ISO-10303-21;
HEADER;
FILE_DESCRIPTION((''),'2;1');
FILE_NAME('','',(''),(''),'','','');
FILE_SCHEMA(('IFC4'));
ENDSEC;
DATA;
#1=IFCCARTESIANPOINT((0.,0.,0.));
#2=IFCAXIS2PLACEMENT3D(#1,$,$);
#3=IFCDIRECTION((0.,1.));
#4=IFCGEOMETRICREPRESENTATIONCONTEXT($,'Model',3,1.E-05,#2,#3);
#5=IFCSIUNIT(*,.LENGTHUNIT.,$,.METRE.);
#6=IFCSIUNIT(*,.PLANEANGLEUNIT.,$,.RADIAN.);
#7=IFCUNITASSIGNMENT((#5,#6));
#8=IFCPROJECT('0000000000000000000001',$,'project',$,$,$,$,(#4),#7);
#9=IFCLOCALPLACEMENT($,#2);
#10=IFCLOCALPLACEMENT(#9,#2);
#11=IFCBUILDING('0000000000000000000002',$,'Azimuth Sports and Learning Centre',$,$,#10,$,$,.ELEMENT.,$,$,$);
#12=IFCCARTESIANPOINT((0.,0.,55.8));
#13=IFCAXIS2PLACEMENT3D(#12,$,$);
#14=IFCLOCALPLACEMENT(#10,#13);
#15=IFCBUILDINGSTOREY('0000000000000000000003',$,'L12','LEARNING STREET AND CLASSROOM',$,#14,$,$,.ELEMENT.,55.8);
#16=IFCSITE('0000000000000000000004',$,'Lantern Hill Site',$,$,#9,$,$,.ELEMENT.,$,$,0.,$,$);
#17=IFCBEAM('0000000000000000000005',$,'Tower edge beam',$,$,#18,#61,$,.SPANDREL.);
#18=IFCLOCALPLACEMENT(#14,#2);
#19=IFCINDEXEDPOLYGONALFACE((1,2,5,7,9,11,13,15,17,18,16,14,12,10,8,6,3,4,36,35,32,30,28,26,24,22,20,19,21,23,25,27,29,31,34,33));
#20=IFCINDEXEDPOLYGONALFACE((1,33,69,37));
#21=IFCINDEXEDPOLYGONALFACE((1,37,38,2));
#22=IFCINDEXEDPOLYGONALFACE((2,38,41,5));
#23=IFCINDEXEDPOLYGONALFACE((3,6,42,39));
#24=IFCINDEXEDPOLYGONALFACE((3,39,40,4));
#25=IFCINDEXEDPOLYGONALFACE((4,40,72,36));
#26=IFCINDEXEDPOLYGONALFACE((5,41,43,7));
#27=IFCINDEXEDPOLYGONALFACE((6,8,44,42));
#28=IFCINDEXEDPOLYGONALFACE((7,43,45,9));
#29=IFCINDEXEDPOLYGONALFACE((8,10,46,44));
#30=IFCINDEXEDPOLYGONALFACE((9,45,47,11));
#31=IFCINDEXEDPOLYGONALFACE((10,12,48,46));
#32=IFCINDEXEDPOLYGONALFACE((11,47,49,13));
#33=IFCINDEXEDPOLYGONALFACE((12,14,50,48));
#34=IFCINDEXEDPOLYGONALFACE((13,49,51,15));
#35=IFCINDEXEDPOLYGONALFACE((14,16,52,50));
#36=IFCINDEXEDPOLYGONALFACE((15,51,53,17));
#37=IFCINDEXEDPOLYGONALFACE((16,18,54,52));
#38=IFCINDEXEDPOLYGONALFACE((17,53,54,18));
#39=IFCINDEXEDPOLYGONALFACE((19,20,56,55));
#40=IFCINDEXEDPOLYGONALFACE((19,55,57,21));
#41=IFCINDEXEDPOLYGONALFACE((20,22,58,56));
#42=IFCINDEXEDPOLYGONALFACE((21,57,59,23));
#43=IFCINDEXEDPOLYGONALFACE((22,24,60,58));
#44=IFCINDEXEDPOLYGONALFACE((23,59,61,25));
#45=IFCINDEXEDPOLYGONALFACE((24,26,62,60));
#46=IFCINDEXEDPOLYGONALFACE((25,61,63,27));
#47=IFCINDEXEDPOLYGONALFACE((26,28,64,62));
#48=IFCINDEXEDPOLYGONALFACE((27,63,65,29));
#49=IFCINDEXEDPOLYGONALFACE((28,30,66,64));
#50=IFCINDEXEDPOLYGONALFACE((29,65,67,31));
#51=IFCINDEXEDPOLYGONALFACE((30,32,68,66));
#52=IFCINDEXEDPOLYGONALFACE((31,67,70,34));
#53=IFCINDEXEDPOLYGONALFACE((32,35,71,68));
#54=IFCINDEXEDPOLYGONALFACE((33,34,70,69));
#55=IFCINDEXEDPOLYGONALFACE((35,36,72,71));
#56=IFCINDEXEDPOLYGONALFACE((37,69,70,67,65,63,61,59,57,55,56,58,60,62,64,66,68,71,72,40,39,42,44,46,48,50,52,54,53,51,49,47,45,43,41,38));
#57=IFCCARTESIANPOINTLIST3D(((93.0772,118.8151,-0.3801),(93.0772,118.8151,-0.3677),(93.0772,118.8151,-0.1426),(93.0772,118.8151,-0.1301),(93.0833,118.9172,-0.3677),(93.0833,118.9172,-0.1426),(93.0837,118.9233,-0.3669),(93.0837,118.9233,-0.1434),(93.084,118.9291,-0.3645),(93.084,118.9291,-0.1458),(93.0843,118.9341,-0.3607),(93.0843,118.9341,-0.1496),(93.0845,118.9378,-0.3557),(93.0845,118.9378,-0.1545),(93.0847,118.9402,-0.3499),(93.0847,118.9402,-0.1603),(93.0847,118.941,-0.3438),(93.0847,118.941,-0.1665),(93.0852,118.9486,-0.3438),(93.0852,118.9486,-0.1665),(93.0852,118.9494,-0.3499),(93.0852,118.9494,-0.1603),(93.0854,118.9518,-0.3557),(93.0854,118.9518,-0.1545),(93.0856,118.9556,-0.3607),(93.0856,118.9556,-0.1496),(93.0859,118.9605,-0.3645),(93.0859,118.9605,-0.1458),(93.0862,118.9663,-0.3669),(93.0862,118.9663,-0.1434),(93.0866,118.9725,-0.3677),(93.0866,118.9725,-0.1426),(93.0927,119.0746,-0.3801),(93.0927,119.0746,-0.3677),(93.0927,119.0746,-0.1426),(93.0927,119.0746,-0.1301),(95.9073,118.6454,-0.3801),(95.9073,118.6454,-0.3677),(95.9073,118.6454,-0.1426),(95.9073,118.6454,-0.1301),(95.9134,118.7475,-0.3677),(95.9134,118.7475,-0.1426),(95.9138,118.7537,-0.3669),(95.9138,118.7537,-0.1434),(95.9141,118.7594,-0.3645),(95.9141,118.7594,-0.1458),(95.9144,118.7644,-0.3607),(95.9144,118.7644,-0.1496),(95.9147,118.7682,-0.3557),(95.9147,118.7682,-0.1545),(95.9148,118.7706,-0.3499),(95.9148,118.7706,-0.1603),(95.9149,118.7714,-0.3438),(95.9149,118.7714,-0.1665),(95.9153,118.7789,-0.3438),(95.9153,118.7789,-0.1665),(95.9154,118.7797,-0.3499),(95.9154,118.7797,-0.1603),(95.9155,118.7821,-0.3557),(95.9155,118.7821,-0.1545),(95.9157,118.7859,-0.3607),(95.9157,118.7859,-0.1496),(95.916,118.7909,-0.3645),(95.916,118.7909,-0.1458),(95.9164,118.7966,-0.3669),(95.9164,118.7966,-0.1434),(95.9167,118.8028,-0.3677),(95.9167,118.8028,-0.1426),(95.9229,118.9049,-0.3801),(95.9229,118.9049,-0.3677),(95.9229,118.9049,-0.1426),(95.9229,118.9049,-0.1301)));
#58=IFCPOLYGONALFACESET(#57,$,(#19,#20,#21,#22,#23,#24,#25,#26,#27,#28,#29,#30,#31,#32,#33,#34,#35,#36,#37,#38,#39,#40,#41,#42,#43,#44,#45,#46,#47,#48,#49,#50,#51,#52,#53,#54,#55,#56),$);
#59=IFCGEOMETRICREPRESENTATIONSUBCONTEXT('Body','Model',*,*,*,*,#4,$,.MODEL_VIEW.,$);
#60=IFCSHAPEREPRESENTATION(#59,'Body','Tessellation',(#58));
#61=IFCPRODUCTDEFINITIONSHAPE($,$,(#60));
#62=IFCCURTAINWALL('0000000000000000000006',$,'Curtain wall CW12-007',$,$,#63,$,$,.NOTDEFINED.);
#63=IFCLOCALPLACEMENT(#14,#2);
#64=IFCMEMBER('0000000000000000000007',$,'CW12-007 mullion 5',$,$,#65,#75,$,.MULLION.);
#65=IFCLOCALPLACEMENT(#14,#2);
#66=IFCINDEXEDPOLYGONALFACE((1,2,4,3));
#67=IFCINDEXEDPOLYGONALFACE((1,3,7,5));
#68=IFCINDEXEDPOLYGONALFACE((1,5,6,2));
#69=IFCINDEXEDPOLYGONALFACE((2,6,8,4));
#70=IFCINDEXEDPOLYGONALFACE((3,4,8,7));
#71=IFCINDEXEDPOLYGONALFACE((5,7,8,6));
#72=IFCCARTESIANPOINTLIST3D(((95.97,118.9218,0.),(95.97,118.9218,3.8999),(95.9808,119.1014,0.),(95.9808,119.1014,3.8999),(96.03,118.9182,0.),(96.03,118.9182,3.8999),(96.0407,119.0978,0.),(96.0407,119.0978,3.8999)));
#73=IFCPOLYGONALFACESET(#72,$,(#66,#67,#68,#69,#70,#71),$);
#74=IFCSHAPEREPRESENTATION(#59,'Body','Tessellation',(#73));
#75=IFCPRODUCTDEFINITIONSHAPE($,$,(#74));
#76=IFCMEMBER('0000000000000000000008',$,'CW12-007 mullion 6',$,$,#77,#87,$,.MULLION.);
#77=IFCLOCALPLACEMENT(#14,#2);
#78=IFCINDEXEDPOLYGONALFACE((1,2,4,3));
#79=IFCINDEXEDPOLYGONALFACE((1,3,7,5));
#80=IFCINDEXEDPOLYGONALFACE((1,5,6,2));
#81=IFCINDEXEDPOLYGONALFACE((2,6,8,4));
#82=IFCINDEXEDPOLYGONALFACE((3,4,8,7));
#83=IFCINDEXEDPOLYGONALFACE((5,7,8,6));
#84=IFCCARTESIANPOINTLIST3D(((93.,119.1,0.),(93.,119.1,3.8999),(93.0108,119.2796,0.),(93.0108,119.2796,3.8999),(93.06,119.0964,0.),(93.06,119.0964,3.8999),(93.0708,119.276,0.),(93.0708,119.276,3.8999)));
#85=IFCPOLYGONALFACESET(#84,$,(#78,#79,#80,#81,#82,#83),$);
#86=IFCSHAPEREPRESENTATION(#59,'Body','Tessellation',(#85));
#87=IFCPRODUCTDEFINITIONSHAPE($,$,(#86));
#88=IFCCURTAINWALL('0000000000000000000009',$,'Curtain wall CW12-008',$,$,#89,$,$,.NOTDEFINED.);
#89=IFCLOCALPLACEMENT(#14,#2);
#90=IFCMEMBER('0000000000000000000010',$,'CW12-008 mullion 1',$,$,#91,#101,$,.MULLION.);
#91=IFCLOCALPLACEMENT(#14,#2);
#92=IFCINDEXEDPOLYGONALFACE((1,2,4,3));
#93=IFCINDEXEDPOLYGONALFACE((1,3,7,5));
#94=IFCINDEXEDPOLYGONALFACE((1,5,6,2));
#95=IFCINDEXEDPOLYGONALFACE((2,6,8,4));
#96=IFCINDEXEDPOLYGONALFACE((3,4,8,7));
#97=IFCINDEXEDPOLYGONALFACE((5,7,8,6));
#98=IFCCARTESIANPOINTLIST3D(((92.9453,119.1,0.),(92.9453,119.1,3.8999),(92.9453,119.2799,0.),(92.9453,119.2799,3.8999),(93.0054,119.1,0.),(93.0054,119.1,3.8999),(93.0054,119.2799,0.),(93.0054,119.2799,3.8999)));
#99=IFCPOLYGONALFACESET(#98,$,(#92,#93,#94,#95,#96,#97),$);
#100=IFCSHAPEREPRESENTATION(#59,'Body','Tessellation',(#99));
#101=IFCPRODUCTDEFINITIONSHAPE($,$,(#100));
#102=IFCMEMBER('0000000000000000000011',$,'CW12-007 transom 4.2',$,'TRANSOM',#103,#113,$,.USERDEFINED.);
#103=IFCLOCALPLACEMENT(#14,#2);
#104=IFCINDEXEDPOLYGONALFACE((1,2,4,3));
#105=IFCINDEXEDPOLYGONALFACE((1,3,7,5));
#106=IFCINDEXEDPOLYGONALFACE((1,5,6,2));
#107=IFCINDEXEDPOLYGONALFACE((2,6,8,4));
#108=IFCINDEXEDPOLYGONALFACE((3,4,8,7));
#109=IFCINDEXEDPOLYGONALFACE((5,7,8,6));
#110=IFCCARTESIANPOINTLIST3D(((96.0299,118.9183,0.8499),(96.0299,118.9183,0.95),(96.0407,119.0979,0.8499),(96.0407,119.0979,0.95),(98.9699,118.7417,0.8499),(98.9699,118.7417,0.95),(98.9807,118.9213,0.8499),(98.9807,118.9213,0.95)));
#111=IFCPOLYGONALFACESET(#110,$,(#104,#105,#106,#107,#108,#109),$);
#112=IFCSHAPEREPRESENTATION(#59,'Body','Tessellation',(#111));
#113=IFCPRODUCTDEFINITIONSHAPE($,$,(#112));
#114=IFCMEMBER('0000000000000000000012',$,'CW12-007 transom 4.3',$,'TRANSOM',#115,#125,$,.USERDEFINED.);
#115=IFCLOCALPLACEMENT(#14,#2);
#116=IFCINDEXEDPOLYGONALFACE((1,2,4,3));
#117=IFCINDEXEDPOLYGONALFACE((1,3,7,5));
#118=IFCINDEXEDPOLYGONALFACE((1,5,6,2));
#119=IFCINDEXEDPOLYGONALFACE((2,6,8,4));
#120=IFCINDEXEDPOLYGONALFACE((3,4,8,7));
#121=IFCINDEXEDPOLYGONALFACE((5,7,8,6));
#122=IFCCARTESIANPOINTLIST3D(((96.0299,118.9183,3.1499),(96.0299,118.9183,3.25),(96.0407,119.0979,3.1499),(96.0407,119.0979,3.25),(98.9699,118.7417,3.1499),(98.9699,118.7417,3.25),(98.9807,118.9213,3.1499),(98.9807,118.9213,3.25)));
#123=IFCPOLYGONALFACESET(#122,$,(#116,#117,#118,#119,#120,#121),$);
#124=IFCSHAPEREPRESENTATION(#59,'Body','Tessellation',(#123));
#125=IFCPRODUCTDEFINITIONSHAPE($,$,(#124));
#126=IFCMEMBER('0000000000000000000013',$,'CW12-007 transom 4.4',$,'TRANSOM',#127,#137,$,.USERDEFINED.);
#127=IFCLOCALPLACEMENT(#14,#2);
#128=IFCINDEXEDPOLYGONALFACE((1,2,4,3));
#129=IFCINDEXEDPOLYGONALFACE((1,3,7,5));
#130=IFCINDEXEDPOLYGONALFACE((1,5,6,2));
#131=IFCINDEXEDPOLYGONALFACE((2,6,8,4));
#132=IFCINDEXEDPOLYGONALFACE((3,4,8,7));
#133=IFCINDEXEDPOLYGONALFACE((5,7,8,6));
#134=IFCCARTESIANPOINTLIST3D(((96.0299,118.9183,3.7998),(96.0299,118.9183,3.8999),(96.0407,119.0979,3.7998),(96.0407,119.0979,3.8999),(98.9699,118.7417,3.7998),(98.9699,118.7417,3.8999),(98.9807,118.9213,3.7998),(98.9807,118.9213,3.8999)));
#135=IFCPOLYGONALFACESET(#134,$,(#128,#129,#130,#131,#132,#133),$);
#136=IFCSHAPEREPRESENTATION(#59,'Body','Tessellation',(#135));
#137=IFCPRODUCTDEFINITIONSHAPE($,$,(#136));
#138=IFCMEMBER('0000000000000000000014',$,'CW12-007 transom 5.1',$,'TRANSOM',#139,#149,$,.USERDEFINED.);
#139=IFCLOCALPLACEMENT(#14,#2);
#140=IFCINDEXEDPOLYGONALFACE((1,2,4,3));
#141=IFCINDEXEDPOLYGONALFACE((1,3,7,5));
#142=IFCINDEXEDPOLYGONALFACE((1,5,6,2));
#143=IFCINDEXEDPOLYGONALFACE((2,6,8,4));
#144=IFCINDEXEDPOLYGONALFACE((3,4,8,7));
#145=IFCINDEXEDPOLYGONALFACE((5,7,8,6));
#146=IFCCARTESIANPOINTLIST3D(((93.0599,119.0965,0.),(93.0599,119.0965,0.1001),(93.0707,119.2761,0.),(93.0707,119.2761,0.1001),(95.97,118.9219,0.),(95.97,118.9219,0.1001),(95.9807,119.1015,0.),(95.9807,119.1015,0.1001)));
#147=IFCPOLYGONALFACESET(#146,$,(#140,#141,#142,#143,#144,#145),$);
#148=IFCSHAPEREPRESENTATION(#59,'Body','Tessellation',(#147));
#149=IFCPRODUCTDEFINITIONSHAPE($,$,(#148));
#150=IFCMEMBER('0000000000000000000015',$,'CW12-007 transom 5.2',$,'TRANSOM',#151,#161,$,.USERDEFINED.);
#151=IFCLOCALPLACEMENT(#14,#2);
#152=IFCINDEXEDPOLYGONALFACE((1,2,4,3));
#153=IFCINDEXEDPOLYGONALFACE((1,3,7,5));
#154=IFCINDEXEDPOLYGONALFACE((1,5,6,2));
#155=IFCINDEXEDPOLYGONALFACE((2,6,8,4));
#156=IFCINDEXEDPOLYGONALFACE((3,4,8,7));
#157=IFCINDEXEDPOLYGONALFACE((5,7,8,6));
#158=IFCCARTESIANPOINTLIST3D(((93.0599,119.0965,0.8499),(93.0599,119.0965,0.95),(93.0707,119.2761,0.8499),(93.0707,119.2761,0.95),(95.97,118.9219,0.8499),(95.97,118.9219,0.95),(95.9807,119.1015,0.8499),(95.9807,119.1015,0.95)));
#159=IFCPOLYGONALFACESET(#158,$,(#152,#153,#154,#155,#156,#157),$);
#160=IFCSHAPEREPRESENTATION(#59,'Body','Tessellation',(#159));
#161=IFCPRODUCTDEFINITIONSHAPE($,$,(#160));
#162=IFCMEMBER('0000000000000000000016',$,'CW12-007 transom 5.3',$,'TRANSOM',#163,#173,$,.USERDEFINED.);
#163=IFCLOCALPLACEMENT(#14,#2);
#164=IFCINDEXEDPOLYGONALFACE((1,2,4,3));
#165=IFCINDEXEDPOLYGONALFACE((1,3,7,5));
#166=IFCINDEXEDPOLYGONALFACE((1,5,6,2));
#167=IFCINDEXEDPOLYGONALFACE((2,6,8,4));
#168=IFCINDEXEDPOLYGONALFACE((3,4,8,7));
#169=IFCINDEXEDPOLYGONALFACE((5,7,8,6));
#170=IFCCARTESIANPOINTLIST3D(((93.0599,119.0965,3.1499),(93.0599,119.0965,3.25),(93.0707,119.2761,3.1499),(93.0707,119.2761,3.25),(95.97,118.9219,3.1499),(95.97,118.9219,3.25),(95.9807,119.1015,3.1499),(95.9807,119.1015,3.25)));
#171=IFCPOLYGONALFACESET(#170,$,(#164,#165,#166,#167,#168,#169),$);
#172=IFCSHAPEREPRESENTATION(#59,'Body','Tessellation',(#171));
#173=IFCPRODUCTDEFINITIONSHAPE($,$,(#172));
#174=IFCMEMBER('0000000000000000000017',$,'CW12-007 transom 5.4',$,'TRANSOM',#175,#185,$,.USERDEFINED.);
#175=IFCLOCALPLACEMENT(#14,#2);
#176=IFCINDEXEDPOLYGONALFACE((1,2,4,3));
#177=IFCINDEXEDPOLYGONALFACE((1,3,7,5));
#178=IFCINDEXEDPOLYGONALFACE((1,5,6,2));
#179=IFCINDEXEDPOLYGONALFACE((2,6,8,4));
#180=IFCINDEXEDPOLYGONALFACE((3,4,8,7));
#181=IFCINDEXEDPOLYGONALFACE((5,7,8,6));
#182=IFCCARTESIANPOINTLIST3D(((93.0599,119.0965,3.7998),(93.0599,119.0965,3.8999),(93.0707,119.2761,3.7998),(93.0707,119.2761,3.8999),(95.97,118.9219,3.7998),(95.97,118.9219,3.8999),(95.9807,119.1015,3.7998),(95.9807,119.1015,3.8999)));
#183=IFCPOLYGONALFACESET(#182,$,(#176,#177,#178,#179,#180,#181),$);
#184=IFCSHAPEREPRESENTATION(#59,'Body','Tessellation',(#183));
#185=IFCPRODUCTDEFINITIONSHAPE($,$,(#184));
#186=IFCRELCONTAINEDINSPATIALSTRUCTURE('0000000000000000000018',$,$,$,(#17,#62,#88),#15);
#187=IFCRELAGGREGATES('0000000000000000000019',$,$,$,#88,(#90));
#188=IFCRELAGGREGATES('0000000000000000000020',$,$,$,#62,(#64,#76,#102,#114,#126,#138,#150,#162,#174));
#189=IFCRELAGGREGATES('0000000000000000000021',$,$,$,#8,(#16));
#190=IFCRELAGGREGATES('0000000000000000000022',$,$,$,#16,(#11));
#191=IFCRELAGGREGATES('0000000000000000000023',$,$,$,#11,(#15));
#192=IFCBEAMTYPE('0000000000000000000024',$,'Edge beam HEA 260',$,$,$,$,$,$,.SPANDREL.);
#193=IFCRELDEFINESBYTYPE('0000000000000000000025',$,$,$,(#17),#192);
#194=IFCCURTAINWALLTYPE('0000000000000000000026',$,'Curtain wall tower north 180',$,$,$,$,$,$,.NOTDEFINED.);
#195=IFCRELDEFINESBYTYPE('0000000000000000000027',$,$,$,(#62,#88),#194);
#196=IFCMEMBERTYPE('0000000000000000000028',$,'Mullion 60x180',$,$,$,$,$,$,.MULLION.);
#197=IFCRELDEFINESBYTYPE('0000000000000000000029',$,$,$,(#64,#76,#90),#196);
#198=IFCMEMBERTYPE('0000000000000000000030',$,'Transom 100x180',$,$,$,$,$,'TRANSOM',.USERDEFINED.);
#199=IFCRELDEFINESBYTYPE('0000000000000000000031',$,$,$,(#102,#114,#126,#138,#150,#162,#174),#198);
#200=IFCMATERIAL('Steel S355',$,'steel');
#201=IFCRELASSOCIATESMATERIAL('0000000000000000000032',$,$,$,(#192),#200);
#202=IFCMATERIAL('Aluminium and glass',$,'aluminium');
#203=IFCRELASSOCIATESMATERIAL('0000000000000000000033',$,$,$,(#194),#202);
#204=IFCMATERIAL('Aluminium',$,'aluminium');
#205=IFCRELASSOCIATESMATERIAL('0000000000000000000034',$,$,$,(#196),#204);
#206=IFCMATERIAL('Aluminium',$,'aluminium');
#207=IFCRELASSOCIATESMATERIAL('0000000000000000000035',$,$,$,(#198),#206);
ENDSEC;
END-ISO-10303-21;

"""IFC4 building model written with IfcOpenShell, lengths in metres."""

from ifc_helpers import new_model, si_unit, direction, frame, origin, origin_2d, place, context, subcontext, project, spatial, rectangle, i_section, extrude, material, material_profile, profile_set, type_object, element, aggregate, save


model = new_model("IFC4")

# Units and contexts
model_context = context("Model", 3, precision=1e-05, world=origin(), true_north=direction((0.0, 1.0)))
body_context = subcontext(model_context, "Body", "Model", "MODEL_VIEW")
ifc_project = project(units=[si_unit("LENGTHUNIT", "METRE"), si_unit("PLANEANGLEUNIT", "RADIAN")], contexts=[model_context])

# Site, building, storey
site_placement = place(None, origin())
site = spatial("IfcSite", under=ifc_project, at=site_placement, Name="Lantern Hill Site", CompositionType="ELEMENT", RefElevation=0.0)
building_placement = place(site_placement, origin())
building = spatial("IfcBuilding", under=site, at=building_placement, Name="Azimuth Sports and Learning Centre", CompositionType="ELEMENT")
storey_placement = place(building_placement, frame((0.0, 0.0, 55.8)))
storey = spatial("IfcBuildingStorey", under=building, at=storey_placement, Name="L12", Description="LEARNING STREET AND CLASSROOM", CompositionType="ELEMENT", Elevation=55.8)

# Beam
ifc_material_1 = material(Name="Steel S355", Category="steel")
ifc_material_profile_1 = material_profile(ifc_material_1, i_section(OverallWidth=0.26, OverallDepth=0.25, WebThickness=0.0076, FlangeThickness=0.0125, FilletRadius=0.0239, at=origin_2d()), Name="HEA 260")
ifc_profile_set_1 = profile_set([ifc_material_profile_1], Name="Steel S355")
beam_type = type_object("IfcBeamType", Name="Edge beam HEA 260", PredefinedType="SPANDREL", material=ifc_profile_set_1)
beam_placement = place(storey_placement, frame((93.085, 118.9448, -0.2551), z_axis=(0.998208, -0.059848, 0.0), x_axis=(0.059848, 0.998208, 0.0)))
element("IfcBeam", 1, at=beam_placement, inside=storey, type_object=beam_type, Name="Tower edge beam", PredefinedType="SPANDREL", context=body_context, shape_type="SweptSolid", body=[
    extrude(i_section(OverallWidth=0.26, OverallDepth=0.25, WebThickness=0.0076, FlangeThickness=0.0125, FilletRadius=0.0239, at=origin_2d()), origin(), (0.0, 0.0, 1.0), 2.8352),
])

# Curtain wall, members
ifc_material_2 = material(Name="Aluminium and glass", Category="aluminium")
curtain_wall_type = type_object("IfcCurtainWallType", Name="Curtain wall tower north 180", PredefinedType="NOTDEFINED", material=ifc_material_2)
curtain_wall_1_placement = place(storey_placement, origin())
curtain_wall_1 = element("IfcCurtainWall", 2, at=curtain_wall_1_placement, inside=storey, type_object=curtain_wall_type, Name="Curtain wall CW12-007", PredefinedType="NOTDEFINED")
ifc_material_3 = material(Name="Aluminium", Category="aluminium")
ifc_material_profile_2 = material_profile(ifc_material_3, rectangle(XDim=0.1799, YDim=0.0601, at=origin_2d()), Name="Mullion 60x180")
ifc_profile_set_2 = profile_set([ifc_material_profile_2], Name="Aluminium")
member_type_1 = type_object("IfcMemberType", Name="Mullion 60x180", PredefinedType="MULLION", material=ifc_profile_set_2)
member_1_placement = place(storey_placement, frame((96.0054, 119.0098, 0.0), z_axis=(0.0, 0.0, 1.0), x_axis=(-0.059892, -0.998205, 0.0)))
member_1 = element("IfcMember", 3, at=member_1_placement, type_object=member_type_1, Name="CW12-007 mullion 5", PredefinedType="MULLION", context=body_context, shape_type="SweptSolid", body=[
    extrude(rectangle(XDim=0.1799, YDim=0.0601, at=origin_2d()), origin(), (0.0, 0.0, 1.0), 3.8999),
])
member_2_placement = place(storey_placement, frame((93.0354, 119.188, 0.0), z_axis=(0.0, 0.0, 1.0), x_axis=(-0.059892, -0.998205, 0.0)))
member_2 = element("IfcMember", 4, at=member_2_placement, type_object=member_type_1, Name="CW12-007 mullion 6", PredefinedType="MULLION", context=body_context, shape_type="SweptSolid", body=[
    extrude(rectangle(XDim=0.1799, YDim=0.0601, at=origin_2d()), origin(), (0.0, 0.0, 1.0), 3.8999),
])

# Curtain wall, member
curtain_wall_2_placement = place(storey_placement, origin())
curtain_wall_2 = element("IfcCurtainWall", 5, at=curtain_wall_2_placement, inside=storey, type_object=curtain_wall_type, Name="Curtain wall CW12-008", PredefinedType="NOTDEFINED")
member_3_placement = place(storey_placement, frame((92.9753, 119.1899, 0.0), z_axis=(0.0, 0.0, 1.0), x_axis=(0.0, -1.0, 0.0)))
member_3 = element("IfcMember", 6, at=member_3_placement, type_object=member_type_1, Name="CW12-008 mullion 1", PredefinedType="MULLION", context=body_context, shape_type="SweptSolid", body=[
    extrude(rectangle(XDim=0.1799, YDim=0.0601, at=origin_2d()), origin(), (0.0, 0.0, 1.0), 3.8999),
])

# Members
ifc_material_4 = material(Name="Aluminium", Category="aluminium")
ifc_material_profile_3 = material_profile(ifc_material_4, rectangle(XDim=0.1799, YDim=0.1001, at=origin_2d()), Name="Transom 100x180")
ifc_profile_set_3 = profile_set([ifc_material_profile_3], Name="Aluminium")
member_type_2 = type_object("IfcMemberType", Name="Transom 100x180", ElementType="TRANSOM", PredefinedType="USERDEFINED", material=ifc_profile_set_3)
member_4_placement = place(storey_placement, frame((98.9753, 118.8315, 0.8999), z_axis=(-0.998202, 0.059932, 0.0), x_axis=(-0.059932, -0.998202, 0.0)))
member_4 = element("IfcMember", 7, at=member_4_placement, type_object=member_type_2, Name="CW12-007 transom 4.2", ObjectType="TRANSOM", PredefinedType="USERDEFINED", context=body_context, shape_type="SweptSolid", body=[
    extrude(rectangle(XDim=0.1799, YDim=0.1001, at=origin_2d()), origin(), (0.0, 0.0, 1.0), 2.9453),
])
member_5_placement = place(storey_placement, frame((98.9753, 118.8315, 3.2), z_axis=(-0.998202, 0.059932, 0.0), x_axis=(-0.059932, -0.998202, 0.0)))
member_5 = element("IfcMember", 8, at=member_5_placement, type_object=member_type_2, Name="CW12-007 transom 4.3", ObjectType="TRANSOM", PredefinedType="USERDEFINED", context=body_context, shape_type="SweptSolid", body=[
    extrude(rectangle(XDim=0.1799, YDim=0.1001, at=origin_2d()), origin(), (0.0, 0.0, 1.0), 2.9453),
])
member_6_placement = place(storey_placement, frame((98.9753, 118.8315, 3.8499), z_axis=(-0.998202, 0.059932, 0.0), x_axis=(-0.059932, -0.998202, 0.0)))
member_6 = element("IfcMember", 9, at=member_6_placement, type_object=member_type_2, Name="CW12-007 transom 4.4", ObjectType="TRANSOM", PredefinedType="USERDEFINED", context=body_context, shape_type="SweptSolid", body=[
    extrude(rectangle(XDim=0.1799, YDim=0.1001, at=origin_2d()), origin(), (0.0, 0.0, 1.0), 2.9453),
])
member_7_placement = place(storey_placement, frame((95.9753, 119.0117, 0.05), z_axis=(-0.998206, 0.059876, 0.0), x_axis=(-0.059876, -0.998206, 0.0)))
member_7 = element("IfcMember", 10, at=member_7_placement, type_object=member_type_2, Name="CW12-007 transom 5.1", ObjectType="TRANSOM", PredefinedType="USERDEFINED", context=body_context, shape_type="SweptSolid", body=[
    extrude(rectangle(XDim=0.1799, YDim=0.1001, at=origin_2d()), origin(), (0.0, 0.0, 1.0), 2.9153),
])
member_8_placement = place(storey_placement, frame((95.9753, 119.0117, 0.8999), z_axis=(-0.998206, 0.059876, 0.0), x_axis=(-0.059876, -0.998206, 0.0)))
member_8 = element("IfcMember", 11, at=member_8_placement, type_object=member_type_2, Name="CW12-007 transom 5.2", ObjectType="TRANSOM", PredefinedType="USERDEFINED", context=body_context, shape_type="SweptSolid", body=[
    extrude(rectangle(XDim=0.1799, YDim=0.1001, at=origin_2d()), origin(), (0.0, 0.0, 1.0), 2.9153),
])
member_9_placement = place(storey_placement, frame((95.9753, 119.0117, 3.2), z_axis=(-0.998206, 0.059876, 0.0), x_axis=(-0.059876, -0.998206, 0.0)))
member_9 = element("IfcMember", 12, at=member_9_placement, type_object=member_type_2, Name="CW12-007 transom 5.3", ObjectType="TRANSOM", PredefinedType="USERDEFINED", context=body_context, shape_type="SweptSolid", body=[
    extrude(rectangle(XDim=0.1799, YDim=0.1001, at=origin_2d()), origin(), (0.0, 0.0, 1.0), 2.9153),
])
member_10_placement = place(storey_placement, frame((95.9753, 119.0117, 3.8499), z_axis=(-0.998206, 0.059876, 0.0), x_axis=(-0.059876, -0.998206, 0.0)))
member_10 = element("IfcMember", 13, at=member_10_placement, type_object=member_type_2, Name="CW12-007 transom 5.4", ObjectType="TRANSOM", PredefinedType="USERDEFINED", context=body_context, shape_type="SweptSolid", body=[
    extrude(rectangle(XDim=0.1799, YDim=0.1001, at=origin_2d()), origin(), (0.0, 0.0, 1.0), 2.9153),
])
aggregate(curtain_wall_2, [member_3])

aggregate(curtain_wall_1, [member_1, member_2, member_4, member_5, member_6, member_7, member_8, member_9, member_10])

save(model, "model.ifc")
